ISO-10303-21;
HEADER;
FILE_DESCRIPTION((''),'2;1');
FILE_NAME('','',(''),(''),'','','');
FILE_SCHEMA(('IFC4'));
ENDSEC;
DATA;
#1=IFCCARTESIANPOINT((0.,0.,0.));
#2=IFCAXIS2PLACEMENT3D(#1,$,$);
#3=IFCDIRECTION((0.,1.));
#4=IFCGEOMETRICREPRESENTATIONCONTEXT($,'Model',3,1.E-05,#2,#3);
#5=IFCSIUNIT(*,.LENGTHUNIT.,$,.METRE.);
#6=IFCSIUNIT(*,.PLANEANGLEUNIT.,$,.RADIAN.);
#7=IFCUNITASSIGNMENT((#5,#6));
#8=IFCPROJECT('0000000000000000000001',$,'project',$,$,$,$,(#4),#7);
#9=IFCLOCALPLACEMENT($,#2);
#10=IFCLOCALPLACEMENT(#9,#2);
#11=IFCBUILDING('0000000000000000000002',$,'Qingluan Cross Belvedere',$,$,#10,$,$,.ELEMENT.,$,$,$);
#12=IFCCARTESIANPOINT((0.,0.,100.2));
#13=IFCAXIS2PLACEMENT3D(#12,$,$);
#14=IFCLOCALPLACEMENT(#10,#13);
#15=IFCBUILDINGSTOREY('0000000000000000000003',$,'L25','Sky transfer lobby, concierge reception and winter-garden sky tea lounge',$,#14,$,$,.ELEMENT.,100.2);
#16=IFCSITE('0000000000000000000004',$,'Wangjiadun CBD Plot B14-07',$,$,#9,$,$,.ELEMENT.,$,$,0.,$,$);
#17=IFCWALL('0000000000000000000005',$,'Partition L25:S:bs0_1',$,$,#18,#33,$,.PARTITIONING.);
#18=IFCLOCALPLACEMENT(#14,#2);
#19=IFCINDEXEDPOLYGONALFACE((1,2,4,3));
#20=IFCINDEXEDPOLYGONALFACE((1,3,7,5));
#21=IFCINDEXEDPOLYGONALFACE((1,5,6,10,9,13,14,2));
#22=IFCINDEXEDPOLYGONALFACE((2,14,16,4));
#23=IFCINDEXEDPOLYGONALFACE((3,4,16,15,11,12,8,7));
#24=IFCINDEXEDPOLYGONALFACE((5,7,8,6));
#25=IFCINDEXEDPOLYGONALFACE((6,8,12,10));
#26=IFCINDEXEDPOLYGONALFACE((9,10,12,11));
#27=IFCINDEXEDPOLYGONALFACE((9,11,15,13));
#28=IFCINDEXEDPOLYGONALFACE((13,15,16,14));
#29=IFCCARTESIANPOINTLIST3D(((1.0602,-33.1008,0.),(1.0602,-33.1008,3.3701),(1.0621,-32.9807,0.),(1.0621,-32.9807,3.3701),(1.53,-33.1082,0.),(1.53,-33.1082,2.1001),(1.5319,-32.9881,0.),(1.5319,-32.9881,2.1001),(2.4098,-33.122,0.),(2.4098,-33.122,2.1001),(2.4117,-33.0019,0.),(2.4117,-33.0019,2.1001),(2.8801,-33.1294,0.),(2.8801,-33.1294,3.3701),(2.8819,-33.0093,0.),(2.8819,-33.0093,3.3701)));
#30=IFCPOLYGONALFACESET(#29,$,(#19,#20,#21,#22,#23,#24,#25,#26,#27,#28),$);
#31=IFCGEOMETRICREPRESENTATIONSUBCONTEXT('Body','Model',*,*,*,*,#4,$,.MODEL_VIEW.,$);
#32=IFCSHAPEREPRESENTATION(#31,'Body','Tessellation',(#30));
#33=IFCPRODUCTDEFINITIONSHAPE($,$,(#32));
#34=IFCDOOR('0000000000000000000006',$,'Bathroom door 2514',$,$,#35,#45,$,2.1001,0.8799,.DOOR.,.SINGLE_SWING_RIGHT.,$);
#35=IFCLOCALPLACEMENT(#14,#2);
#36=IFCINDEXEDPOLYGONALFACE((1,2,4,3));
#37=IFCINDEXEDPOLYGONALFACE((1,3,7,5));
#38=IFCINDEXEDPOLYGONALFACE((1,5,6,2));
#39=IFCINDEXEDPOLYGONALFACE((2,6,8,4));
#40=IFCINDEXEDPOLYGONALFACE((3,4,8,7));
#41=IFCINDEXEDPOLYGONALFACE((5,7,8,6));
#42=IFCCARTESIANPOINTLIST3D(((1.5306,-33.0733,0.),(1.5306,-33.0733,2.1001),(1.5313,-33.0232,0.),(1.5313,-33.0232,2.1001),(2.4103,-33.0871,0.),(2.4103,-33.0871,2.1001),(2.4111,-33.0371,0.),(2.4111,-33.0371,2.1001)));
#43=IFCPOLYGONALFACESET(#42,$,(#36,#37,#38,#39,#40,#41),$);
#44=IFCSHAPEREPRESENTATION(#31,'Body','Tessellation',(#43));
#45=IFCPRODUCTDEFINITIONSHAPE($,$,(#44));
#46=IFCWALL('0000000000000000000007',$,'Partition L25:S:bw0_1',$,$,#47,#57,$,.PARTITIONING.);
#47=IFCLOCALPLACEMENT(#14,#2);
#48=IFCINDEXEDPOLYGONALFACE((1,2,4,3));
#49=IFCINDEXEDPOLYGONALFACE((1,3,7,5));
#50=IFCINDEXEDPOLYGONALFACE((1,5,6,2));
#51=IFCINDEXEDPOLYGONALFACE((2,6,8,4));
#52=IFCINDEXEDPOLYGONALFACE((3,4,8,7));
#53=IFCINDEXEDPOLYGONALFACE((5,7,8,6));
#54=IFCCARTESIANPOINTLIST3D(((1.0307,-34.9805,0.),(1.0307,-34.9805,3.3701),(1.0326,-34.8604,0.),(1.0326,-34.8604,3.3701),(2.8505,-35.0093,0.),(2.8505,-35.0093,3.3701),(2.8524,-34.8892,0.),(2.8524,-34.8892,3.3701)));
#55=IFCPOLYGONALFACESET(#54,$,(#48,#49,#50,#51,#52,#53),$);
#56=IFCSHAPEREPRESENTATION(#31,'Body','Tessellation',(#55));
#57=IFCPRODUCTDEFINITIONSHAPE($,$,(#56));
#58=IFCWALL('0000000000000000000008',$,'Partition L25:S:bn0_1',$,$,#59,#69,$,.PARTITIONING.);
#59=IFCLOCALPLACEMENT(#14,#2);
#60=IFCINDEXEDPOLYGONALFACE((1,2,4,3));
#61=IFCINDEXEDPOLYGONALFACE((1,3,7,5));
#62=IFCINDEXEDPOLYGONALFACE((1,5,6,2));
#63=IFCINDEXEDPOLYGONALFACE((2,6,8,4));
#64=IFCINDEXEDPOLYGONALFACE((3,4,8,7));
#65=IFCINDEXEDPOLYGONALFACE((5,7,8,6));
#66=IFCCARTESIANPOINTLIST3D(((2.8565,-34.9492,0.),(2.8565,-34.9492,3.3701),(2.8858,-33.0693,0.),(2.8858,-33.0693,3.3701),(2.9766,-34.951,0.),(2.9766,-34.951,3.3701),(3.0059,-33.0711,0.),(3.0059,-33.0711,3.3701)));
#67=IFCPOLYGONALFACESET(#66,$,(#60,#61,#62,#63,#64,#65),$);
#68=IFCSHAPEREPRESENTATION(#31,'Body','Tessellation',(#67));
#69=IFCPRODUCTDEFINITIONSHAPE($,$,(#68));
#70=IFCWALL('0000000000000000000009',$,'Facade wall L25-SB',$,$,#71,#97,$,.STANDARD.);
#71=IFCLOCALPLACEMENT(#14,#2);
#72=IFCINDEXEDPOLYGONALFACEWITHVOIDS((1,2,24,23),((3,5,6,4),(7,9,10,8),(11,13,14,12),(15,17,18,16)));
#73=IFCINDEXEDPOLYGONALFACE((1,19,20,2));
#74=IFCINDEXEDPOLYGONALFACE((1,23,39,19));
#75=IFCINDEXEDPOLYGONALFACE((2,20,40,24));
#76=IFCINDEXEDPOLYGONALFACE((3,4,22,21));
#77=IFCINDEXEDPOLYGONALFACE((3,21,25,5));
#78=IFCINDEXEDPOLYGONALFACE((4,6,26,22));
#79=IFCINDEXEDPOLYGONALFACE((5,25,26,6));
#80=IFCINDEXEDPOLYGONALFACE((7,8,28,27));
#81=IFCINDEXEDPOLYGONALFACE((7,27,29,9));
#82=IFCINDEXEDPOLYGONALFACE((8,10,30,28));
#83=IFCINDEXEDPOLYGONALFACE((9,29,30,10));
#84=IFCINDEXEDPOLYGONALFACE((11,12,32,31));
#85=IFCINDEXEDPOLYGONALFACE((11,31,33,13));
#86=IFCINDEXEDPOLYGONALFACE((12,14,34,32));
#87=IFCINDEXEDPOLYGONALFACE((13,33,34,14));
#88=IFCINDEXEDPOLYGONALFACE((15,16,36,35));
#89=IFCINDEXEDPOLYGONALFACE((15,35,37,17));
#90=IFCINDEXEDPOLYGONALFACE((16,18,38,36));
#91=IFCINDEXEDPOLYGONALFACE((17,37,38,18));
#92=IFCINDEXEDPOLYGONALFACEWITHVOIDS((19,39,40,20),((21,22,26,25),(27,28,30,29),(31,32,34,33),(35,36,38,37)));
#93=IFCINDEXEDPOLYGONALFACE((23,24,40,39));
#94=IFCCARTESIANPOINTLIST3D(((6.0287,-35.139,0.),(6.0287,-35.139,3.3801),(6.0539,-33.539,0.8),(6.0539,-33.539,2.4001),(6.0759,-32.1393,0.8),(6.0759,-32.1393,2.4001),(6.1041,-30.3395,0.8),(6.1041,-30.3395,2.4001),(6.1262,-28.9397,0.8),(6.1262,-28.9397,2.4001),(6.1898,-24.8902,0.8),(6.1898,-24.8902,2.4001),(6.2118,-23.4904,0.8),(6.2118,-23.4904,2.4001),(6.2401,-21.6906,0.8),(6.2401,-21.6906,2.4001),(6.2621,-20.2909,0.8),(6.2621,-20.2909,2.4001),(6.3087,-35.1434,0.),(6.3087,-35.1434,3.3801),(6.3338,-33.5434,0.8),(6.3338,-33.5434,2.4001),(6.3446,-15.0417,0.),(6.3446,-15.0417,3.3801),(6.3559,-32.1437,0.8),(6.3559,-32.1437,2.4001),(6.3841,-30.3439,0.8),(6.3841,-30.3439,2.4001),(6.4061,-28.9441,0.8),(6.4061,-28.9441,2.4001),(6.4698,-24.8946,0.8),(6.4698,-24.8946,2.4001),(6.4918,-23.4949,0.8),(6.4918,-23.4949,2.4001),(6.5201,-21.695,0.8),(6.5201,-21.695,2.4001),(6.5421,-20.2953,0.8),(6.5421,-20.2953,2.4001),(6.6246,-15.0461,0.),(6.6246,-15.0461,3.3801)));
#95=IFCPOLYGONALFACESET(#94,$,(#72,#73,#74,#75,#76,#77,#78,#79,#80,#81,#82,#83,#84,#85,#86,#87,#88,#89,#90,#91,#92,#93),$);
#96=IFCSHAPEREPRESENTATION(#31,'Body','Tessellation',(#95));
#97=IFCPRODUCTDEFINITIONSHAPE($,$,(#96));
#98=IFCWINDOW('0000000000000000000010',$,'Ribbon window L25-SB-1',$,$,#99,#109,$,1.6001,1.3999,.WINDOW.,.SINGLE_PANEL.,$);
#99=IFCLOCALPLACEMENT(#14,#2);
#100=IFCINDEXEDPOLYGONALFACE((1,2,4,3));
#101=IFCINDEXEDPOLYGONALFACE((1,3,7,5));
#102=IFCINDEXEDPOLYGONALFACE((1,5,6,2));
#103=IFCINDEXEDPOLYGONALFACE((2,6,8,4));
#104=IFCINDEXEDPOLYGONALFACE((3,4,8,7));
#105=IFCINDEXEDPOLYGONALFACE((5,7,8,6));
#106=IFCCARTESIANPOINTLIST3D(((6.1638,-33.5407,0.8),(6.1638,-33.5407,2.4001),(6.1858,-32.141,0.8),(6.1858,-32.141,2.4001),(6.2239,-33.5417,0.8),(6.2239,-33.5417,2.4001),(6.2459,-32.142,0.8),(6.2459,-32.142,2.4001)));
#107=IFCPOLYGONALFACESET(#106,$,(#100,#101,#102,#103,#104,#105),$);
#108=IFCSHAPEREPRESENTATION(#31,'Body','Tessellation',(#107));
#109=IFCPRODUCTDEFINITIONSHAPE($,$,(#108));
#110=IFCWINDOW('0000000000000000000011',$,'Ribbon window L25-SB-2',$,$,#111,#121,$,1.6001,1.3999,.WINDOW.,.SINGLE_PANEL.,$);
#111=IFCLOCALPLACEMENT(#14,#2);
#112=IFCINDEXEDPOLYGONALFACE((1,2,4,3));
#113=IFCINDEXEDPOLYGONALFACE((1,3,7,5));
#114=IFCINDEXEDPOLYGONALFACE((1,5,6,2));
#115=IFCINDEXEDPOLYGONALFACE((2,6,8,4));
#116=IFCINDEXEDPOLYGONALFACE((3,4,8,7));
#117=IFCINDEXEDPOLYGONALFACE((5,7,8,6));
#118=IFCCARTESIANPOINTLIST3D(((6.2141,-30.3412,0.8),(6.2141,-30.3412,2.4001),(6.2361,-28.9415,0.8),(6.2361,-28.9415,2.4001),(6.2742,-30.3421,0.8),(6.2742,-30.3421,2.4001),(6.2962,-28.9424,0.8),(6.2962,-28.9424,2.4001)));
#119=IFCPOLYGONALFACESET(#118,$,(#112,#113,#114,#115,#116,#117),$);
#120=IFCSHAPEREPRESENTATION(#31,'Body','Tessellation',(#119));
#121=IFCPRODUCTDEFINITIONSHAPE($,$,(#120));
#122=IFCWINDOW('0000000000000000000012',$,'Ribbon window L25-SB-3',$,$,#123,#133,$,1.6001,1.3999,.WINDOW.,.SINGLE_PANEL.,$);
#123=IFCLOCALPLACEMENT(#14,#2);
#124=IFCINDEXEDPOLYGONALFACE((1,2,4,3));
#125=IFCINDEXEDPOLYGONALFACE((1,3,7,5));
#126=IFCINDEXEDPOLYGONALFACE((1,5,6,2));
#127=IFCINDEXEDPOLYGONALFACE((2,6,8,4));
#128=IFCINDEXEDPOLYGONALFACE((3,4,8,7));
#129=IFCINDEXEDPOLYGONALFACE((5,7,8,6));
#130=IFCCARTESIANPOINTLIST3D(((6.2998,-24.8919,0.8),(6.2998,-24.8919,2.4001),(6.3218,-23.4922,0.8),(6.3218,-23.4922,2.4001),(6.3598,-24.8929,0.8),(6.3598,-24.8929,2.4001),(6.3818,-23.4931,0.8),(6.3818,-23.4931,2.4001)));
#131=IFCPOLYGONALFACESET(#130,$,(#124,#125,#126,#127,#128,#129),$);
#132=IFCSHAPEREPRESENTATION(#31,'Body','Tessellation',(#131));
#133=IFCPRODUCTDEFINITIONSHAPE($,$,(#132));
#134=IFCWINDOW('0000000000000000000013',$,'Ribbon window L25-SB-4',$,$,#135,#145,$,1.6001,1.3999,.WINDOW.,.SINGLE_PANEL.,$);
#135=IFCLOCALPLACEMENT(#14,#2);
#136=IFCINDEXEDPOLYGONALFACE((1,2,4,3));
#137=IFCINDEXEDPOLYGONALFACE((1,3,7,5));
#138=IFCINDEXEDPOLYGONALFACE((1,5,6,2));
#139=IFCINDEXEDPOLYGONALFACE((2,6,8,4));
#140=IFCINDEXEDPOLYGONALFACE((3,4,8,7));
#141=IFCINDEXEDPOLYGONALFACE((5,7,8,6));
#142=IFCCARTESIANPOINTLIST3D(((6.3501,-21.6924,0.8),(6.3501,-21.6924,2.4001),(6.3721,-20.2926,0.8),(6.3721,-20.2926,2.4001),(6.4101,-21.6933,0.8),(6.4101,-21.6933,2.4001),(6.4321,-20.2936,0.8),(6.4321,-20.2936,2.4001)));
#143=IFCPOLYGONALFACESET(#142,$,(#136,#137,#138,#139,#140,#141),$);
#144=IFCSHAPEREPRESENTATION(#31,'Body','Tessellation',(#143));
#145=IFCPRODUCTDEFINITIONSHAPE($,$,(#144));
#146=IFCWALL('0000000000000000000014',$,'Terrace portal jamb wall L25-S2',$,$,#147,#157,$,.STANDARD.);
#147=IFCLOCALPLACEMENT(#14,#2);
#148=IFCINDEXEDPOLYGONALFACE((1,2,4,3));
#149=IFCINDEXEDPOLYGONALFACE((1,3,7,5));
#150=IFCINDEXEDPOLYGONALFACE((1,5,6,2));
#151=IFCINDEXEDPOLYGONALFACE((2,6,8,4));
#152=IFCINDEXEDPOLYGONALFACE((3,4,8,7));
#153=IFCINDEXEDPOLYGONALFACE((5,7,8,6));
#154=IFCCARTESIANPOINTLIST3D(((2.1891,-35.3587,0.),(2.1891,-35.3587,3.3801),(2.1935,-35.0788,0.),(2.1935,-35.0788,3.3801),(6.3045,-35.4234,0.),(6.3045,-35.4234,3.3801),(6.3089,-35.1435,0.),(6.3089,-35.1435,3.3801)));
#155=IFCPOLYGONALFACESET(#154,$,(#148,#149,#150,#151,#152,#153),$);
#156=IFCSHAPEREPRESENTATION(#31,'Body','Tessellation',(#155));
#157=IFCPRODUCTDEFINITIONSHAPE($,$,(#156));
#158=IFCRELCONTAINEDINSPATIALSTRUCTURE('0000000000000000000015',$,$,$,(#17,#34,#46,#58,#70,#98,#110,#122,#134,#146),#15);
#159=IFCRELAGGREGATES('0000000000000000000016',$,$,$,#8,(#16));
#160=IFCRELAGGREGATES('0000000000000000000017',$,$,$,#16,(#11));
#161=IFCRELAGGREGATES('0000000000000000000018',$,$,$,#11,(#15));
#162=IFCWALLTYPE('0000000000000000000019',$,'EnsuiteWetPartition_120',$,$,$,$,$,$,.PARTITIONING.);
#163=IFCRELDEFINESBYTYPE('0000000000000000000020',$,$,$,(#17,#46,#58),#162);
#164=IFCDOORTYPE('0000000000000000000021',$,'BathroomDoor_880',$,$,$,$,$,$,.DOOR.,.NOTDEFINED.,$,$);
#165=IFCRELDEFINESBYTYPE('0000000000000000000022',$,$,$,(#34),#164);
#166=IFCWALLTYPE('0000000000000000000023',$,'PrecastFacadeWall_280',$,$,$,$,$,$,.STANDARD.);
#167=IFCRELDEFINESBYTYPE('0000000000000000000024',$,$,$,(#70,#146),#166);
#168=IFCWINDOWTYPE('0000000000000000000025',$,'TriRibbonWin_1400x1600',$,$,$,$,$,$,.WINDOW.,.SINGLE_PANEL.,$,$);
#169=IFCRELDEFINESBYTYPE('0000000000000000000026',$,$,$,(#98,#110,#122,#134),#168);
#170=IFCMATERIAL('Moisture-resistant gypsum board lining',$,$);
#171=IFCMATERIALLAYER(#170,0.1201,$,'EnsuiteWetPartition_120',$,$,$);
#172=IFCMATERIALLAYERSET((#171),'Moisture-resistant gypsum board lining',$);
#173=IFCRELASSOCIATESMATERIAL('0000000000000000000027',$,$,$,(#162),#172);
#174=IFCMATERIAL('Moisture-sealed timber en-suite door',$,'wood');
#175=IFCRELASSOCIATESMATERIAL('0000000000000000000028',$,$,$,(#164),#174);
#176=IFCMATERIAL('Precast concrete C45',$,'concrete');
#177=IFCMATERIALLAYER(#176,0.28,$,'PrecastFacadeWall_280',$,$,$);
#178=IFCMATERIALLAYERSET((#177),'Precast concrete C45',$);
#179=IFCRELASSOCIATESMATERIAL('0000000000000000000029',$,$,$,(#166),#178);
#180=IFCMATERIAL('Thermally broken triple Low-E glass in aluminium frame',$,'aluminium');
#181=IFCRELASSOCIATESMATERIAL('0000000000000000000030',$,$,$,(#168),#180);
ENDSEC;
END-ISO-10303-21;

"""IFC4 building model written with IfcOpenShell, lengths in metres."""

from ifc_helpers import new_model, si_unit, direction, frame, frame_2d, origin, place, context, subcontext, project, spatial, rectangle, extrude, material, layer, layer_set, type_object, element, fill, save


model = new_model("IFC4")

# Units and contexts
model_context = context("Model", 3, precision=1e-05, world=origin(), true_north=direction((0.0, 1.0)))
body_context = subcontext(model_context, "Body", "Model", "MODEL_VIEW")
ifc_project = project(units=[si_unit("LENGTHUNIT", "METRE"), si_unit("PLANEANGLEUNIT", "RADIAN")], contexts=[model_context])

# Site, building, storey
site_placement = place(None, origin())
site = spatial("IfcSite", under=ifc_project, at=site_placement, Name="Wangjiadun CBD Plot B14-07", CompositionType="ELEMENT", RefElevation=0.0)
building_placement = place(site_placement, origin())
building = spatial("IfcBuilding", under=site, at=building_placement, Name="Qingluan Cross Belvedere", CompositionType="ELEMENT")
storey_placement = place(building_placement, frame((0.0, 0.0, 100.2)))
storey = spatial("IfcBuildingStorey", under=building, at=storey_placement, Name="L25", Description="Sky transfer lobby, concierge reception and winter-garden sky tea lounge", CompositionType="ELEMENT", Elevation=100.2)

# Wall, opening, door
ifc_material_1 = material(Name="Moisture-resistant gypsum board lining")
ifc_layer_1 = layer(ifc_material_1, 0.1201, Name="EnsuiteWetPartition_120")
ifc_layer_set_1 = layer_set([ifc_layer_1], Name="Moisture-resistant gypsum board lining")
wall_type_1 = type_object("IfcWallType", Name="EnsuiteWetPartition_120", PredefinedType="PARTITIONING", material=ifc_layer_set_1)
ifc_material_2 = material(Name="Moisture-sealed timber en-suite door", Category="wood")
door_type = type_object("IfcDoorType", Name="BathroomDoor_880", OperationType="NOTDEFINED", PredefinedType="DOOR", material=ifc_material_2)
wall_1_placement = place(storey_placement, frame((1.061, -33.0408, 0.0), z_axis=(0.0, 0.0, 1.0), x_axis=(0.999877, -0.015694, 0.0)))
wall_1 = element("IfcWall", 1, at=wall_1_placement, inside=storey, type_object=wall_type_1, Name="Partition L25:S:bs0_1", PredefinedType="PARTITIONING", context=body_context, shape_type="SweptSolid", body=[
    extrude(rectangle(XDim=1.8201, YDim=0.1201, at=frame_2d((0.9102, 0.0))), origin(), (0.0, 0.0, 1.0), 3.3701),
])
opening_1_placement = place(wall_1_placement, frame((0.47, 0.0, 0.0)))
opening_1 = element("IfcOpeningElement", 2, at=opening_1_placement, cuts=wall_1, PredefinedType="OPENING", context=body_context, shape_type="SweptSolid", body=[
    extrude(rectangle(XDim=0.8799, YDim=2.1001, at=frame_2d((0.4399, 1.05))), frame((0.0, 0.0701, 0.0), z_axis=(0.0, -1.0, 0.0), x_axis=(1.0, 0.0, 0.0)), (0.0, 0.0, 1.0), 0.1401),
])
door_1_placement = place(opening_1_placement, origin())
door_1 = element("IfcDoor", 3, at=door_1_placement, inside=storey, type_object=door_type, Name="Bathroom door 2514", OperationType="SINGLE_SWING_RIGHT", OverallHeight=2.1001, OverallWidth=0.8799, PredefinedType="DOOR", context=body_context, shape_type="SweptSolid", body=[
    extrude(rectangle(XDim=0.8799, YDim=2.1001, at=frame_2d((0.4399, 1.05))), frame((0.0, 0.0249, 0.0), z_axis=(0.0, -1.0, 0.0), x_axis=(1.0, 0.0, 0.0)), (0.0, 0.0, 1.0), 0.05),
])
fill(opening_1, door_1)

# Walls
wall_2_placement = place(storey_placement, frame((1.0315, -34.9204, 0.0), z_axis=(0.0, 0.0, 1.0), x_axis=(0.999875, -0.015828, 0.0)))
element("IfcWall", 4, at=wall_2_placement, inside=storey, type_object=wall_type_1, Name="Partition L25:S:bw0_1", PredefinedType="PARTITIONING", context=body_context, shape_type="SweptSolid", body=[
    extrude(rectangle(XDim=1.8201, YDim=0.1201, at=frame_2d((0.9102, 0.0))), origin(), (0.0, 0.0, 1.0), 3.3701),
])
wall_3_placement = place(storey_placement, frame((2.9458, -33.0703, 0.0), z_axis=(0.0, 0.0, 1.0), x_axis=(-0.015583, -0.999879, 0.0)))
element("IfcWall", 5, at=wall_3_placement, inside=storey, type_object=wall_type_1, Name="Partition L25:S:bn0_1", PredefinedType="PARTITIONING", context=body_context, shape_type="SweptSolid", body=[
    extrude(rectangle(XDim=1.8801, YDim=0.1201, at=frame_2d((0.9399, 0.0))), origin(), (0.0, 0.0, 1.0), 3.3701),
])

# Wall, openings, windows
ifc_material_3 = material(Name="Precast concrete C45", Category="concrete")
ifc_layer_2 = layer(ifc_material_3, 0.28, Name="PrecastFacadeWall_280")
ifc_layer_set_2 = layer_set([ifc_layer_2], Name="Precast concrete C45")
wall_type_2 = type_object("IfcWallType", Name="PrecastFacadeWall_280", PredefinedType="STANDARD", material=ifc_layer_set_2)
wall_4_placement = place(storey_placement, frame((6.1687, -35.1411, 0.0), z_axis=(0.0, 0.0, 1.0), x_axis=(0.015717, 0.999876, 0.0)))
wall_4 = element("IfcWall", 6, at=wall_4_placement, inside=storey, type_object=wall_type_2, Name="Facade wall L25-SB", PredefinedType="STANDARD", context=body_context, shape_type="SweptSolid", body=[
    extrude(rectangle(XDim=20.0999, YDim=0.28, at=frame_2d((10.0498, 0.0))), origin(), (0.0, 0.0, 1.0), 3.3801),
])
opening_2_placement = place(wall_4_placement, frame((1.6001, 0.0, 0.8)))
opening_2 = element("IfcOpeningElement", 7, at=opening_2_placement, cuts=wall_4, PredefinedType="OPENING", context=body_context, shape_type="SweptSolid", body=[
    extrude(rectangle(XDim=1.3999, YDim=1.6001, at=frame_2d((0.7, 0.8))), frame((0.0, 0.1499, 0.0), z_axis=(0.0, -1.0, 0.0), x_axis=(1.0, 0.0, 0.0)), (0.0, 0.0, 1.0), 0.3),
])
opening_3_placement = place(wall_4_placement, frame((4.8, 0.0, 0.8)))
opening_3 = element("IfcOpeningElement", 8, at=opening_3_placement, cuts=wall_4, PredefinedType="OPENING", context=body_context, shape_type="SweptSolid", body=[
    extrude(rectangle(XDim=1.3999, YDim=1.6001, at=frame_2d((0.7, 0.8))), frame((0.0, 0.1499, 0.0), z_axis=(0.0, -1.0, 0.0), x_axis=(1.0, 0.0, 0.0)), (0.0, 0.0, 1.0), 0.3),
])
opening_4_placement = place(wall_4_placement, frame((10.25, 0.0, 0.8)))
opening_4 = element("IfcOpeningElement", 9, at=opening_4_placement, cuts=wall_4, PredefinedType="OPENING", context=body_context, shape_type="SweptSolid", body=[
    extrude(rectangle(XDim=1.3999, YDim=1.6001, at=frame_2d((0.7, 0.8))), frame((0.0, 0.1499, 0.0), z_axis=(0.0, -1.0, 0.0), x_axis=(1.0, 0.0, 0.0)), (0.0, 0.0, 1.0), 0.3),
])
opening_5_placement = place(wall_4_placement, frame((13.45, 0.0, 0.8)))
opening_5 = element("IfcOpeningElement", 10, at=opening_5_placement, cuts=wall_4, PredefinedType="OPENING", context=body_context, shape_type="SweptSolid", body=[
    extrude(rectangle(XDim=1.3999, YDim=1.6001, at=frame_2d((0.7, 0.8))), frame((0.0, 0.1499, 0.0), z_axis=(0.0, -1.0, 0.0), x_axis=(1.0, 0.0, 0.0)), (0.0, 0.0, 1.0), 0.3),
])
ifc_material_4 = material(Name="Thermally broken triple Low-E glass in aluminium frame", Category="aluminium")
window_type = type_object("IfcWindowType", Name="TriRibbonWin_1400x1600", PartitioningType="SINGLE_PANEL", PredefinedType="WINDOW", material=ifc_material_4)
window_1_placement = place(opening_2_placement, origin())
window_1 = element("IfcWindow", 11, at=window_1_placement, inside=storey, type_object=window_type, Name="Ribbon window L25-SB-1", OverallHeight=1.6001, OverallWidth=1.3999, PartitioningType="SINGLE_PANEL", PredefinedType="WINDOW", context=body_context, shape_type="SweptSolid", body=[
    extrude(rectangle(XDim=1.3999, YDim=1.6001, at=frame_2d((0.7, 0.8))), frame((0.0, 0.03, 0.0), z_axis=(0.0, -1.0, 0.0), x_axis=(1.0, 0.0, 0.0)), (0.0, 0.0, 1.0), 0.0601),
])
fill(opening_2, window_1)
window_2_placement = place(opening_3_placement, origin())
window_2 = element("IfcWindow", 12, at=window_2_placement, inside=storey, type_object=window_type, Name="Ribbon window L25-SB-2", OverallHeight=1.6001, OverallWidth=1.3999, PartitioningType="SINGLE_PANEL", PredefinedType="WINDOW", context=body_context, shape_type="SweptSolid", body=[
    extrude(rectangle(XDim=1.3999, YDim=1.6001, at=frame_2d((0.7, 0.8))), frame((0.0, 0.03, 0.0), z_axis=(0.0, -1.0, 0.0), x_axis=(1.0, 0.0, 0.0)), (0.0, 0.0, 1.0), 0.0601),
])
fill(opening_3, window_2)
window_3_placement = place(opening_4_placement, origin())
window_3 = element("IfcWindow", 13, at=window_3_placement, inside=storey, type_object=window_type, Name="Ribbon window L25-SB-3", OverallHeight=1.6001, OverallWidth=1.3999, PartitioningType="SINGLE_PANEL", PredefinedType="WINDOW", context=body_context, shape_type="SweptSolid", body=[
    extrude(rectangle(XDim=1.3999, YDim=1.6001, at=frame_2d((0.7, 0.8))), frame((0.0, 0.03, 0.0), z_axis=(0.0, -1.0, 0.0), x_axis=(1.0, 0.0, 0.0)), (0.0, 0.0, 1.0), 0.0601),
])
fill(opening_4, window_3)
window_4_placement = place(opening_5_placement, origin())
window_4 = element("IfcWindow", 14, at=window_4_placement, inside=storey, type_object=window_type, Name="Ribbon window L25-SB-4", OverallHeight=1.6001, OverallWidth=1.3999, PartitioningType="SINGLE_PANEL", PredefinedType="WINDOW", context=body_context, shape_type="SweptSolid", body=[
    extrude(rectangle(XDim=1.3999, YDim=1.6001, at=frame_2d((0.7, 0.8))), frame((0.0, 0.03, 0.0), z_axis=(0.0, -1.0, 0.0), x_axis=(1.0, 0.0, 0.0)), (0.0, 0.0, 1.0), 0.0601),
])
fill(opening_5, window_4)

# Wall
wall_5_placement = place(storey_placement, frame((2.1912, -35.2188, 0.0), z_axis=(0.0, 0.0, 1.0), x_axis=(0.999876, -0.015719, 0.0)))
element("IfcWall", 15, at=wall_5_placement, inside=storey, type_object=wall_type_2, Name="Terrace portal jamb wall L25-S2", PredefinedType="STANDARD", context=body_context, shape_type="SweptSolid", body=[
    extrude(rectangle(XDim=4.116, YDim=0.28, at=frame_2d((2.0581, 0.0))), origin(), (0.0, 0.0, 1.0), 3.3801),
])

save(model, "model.ifc")
